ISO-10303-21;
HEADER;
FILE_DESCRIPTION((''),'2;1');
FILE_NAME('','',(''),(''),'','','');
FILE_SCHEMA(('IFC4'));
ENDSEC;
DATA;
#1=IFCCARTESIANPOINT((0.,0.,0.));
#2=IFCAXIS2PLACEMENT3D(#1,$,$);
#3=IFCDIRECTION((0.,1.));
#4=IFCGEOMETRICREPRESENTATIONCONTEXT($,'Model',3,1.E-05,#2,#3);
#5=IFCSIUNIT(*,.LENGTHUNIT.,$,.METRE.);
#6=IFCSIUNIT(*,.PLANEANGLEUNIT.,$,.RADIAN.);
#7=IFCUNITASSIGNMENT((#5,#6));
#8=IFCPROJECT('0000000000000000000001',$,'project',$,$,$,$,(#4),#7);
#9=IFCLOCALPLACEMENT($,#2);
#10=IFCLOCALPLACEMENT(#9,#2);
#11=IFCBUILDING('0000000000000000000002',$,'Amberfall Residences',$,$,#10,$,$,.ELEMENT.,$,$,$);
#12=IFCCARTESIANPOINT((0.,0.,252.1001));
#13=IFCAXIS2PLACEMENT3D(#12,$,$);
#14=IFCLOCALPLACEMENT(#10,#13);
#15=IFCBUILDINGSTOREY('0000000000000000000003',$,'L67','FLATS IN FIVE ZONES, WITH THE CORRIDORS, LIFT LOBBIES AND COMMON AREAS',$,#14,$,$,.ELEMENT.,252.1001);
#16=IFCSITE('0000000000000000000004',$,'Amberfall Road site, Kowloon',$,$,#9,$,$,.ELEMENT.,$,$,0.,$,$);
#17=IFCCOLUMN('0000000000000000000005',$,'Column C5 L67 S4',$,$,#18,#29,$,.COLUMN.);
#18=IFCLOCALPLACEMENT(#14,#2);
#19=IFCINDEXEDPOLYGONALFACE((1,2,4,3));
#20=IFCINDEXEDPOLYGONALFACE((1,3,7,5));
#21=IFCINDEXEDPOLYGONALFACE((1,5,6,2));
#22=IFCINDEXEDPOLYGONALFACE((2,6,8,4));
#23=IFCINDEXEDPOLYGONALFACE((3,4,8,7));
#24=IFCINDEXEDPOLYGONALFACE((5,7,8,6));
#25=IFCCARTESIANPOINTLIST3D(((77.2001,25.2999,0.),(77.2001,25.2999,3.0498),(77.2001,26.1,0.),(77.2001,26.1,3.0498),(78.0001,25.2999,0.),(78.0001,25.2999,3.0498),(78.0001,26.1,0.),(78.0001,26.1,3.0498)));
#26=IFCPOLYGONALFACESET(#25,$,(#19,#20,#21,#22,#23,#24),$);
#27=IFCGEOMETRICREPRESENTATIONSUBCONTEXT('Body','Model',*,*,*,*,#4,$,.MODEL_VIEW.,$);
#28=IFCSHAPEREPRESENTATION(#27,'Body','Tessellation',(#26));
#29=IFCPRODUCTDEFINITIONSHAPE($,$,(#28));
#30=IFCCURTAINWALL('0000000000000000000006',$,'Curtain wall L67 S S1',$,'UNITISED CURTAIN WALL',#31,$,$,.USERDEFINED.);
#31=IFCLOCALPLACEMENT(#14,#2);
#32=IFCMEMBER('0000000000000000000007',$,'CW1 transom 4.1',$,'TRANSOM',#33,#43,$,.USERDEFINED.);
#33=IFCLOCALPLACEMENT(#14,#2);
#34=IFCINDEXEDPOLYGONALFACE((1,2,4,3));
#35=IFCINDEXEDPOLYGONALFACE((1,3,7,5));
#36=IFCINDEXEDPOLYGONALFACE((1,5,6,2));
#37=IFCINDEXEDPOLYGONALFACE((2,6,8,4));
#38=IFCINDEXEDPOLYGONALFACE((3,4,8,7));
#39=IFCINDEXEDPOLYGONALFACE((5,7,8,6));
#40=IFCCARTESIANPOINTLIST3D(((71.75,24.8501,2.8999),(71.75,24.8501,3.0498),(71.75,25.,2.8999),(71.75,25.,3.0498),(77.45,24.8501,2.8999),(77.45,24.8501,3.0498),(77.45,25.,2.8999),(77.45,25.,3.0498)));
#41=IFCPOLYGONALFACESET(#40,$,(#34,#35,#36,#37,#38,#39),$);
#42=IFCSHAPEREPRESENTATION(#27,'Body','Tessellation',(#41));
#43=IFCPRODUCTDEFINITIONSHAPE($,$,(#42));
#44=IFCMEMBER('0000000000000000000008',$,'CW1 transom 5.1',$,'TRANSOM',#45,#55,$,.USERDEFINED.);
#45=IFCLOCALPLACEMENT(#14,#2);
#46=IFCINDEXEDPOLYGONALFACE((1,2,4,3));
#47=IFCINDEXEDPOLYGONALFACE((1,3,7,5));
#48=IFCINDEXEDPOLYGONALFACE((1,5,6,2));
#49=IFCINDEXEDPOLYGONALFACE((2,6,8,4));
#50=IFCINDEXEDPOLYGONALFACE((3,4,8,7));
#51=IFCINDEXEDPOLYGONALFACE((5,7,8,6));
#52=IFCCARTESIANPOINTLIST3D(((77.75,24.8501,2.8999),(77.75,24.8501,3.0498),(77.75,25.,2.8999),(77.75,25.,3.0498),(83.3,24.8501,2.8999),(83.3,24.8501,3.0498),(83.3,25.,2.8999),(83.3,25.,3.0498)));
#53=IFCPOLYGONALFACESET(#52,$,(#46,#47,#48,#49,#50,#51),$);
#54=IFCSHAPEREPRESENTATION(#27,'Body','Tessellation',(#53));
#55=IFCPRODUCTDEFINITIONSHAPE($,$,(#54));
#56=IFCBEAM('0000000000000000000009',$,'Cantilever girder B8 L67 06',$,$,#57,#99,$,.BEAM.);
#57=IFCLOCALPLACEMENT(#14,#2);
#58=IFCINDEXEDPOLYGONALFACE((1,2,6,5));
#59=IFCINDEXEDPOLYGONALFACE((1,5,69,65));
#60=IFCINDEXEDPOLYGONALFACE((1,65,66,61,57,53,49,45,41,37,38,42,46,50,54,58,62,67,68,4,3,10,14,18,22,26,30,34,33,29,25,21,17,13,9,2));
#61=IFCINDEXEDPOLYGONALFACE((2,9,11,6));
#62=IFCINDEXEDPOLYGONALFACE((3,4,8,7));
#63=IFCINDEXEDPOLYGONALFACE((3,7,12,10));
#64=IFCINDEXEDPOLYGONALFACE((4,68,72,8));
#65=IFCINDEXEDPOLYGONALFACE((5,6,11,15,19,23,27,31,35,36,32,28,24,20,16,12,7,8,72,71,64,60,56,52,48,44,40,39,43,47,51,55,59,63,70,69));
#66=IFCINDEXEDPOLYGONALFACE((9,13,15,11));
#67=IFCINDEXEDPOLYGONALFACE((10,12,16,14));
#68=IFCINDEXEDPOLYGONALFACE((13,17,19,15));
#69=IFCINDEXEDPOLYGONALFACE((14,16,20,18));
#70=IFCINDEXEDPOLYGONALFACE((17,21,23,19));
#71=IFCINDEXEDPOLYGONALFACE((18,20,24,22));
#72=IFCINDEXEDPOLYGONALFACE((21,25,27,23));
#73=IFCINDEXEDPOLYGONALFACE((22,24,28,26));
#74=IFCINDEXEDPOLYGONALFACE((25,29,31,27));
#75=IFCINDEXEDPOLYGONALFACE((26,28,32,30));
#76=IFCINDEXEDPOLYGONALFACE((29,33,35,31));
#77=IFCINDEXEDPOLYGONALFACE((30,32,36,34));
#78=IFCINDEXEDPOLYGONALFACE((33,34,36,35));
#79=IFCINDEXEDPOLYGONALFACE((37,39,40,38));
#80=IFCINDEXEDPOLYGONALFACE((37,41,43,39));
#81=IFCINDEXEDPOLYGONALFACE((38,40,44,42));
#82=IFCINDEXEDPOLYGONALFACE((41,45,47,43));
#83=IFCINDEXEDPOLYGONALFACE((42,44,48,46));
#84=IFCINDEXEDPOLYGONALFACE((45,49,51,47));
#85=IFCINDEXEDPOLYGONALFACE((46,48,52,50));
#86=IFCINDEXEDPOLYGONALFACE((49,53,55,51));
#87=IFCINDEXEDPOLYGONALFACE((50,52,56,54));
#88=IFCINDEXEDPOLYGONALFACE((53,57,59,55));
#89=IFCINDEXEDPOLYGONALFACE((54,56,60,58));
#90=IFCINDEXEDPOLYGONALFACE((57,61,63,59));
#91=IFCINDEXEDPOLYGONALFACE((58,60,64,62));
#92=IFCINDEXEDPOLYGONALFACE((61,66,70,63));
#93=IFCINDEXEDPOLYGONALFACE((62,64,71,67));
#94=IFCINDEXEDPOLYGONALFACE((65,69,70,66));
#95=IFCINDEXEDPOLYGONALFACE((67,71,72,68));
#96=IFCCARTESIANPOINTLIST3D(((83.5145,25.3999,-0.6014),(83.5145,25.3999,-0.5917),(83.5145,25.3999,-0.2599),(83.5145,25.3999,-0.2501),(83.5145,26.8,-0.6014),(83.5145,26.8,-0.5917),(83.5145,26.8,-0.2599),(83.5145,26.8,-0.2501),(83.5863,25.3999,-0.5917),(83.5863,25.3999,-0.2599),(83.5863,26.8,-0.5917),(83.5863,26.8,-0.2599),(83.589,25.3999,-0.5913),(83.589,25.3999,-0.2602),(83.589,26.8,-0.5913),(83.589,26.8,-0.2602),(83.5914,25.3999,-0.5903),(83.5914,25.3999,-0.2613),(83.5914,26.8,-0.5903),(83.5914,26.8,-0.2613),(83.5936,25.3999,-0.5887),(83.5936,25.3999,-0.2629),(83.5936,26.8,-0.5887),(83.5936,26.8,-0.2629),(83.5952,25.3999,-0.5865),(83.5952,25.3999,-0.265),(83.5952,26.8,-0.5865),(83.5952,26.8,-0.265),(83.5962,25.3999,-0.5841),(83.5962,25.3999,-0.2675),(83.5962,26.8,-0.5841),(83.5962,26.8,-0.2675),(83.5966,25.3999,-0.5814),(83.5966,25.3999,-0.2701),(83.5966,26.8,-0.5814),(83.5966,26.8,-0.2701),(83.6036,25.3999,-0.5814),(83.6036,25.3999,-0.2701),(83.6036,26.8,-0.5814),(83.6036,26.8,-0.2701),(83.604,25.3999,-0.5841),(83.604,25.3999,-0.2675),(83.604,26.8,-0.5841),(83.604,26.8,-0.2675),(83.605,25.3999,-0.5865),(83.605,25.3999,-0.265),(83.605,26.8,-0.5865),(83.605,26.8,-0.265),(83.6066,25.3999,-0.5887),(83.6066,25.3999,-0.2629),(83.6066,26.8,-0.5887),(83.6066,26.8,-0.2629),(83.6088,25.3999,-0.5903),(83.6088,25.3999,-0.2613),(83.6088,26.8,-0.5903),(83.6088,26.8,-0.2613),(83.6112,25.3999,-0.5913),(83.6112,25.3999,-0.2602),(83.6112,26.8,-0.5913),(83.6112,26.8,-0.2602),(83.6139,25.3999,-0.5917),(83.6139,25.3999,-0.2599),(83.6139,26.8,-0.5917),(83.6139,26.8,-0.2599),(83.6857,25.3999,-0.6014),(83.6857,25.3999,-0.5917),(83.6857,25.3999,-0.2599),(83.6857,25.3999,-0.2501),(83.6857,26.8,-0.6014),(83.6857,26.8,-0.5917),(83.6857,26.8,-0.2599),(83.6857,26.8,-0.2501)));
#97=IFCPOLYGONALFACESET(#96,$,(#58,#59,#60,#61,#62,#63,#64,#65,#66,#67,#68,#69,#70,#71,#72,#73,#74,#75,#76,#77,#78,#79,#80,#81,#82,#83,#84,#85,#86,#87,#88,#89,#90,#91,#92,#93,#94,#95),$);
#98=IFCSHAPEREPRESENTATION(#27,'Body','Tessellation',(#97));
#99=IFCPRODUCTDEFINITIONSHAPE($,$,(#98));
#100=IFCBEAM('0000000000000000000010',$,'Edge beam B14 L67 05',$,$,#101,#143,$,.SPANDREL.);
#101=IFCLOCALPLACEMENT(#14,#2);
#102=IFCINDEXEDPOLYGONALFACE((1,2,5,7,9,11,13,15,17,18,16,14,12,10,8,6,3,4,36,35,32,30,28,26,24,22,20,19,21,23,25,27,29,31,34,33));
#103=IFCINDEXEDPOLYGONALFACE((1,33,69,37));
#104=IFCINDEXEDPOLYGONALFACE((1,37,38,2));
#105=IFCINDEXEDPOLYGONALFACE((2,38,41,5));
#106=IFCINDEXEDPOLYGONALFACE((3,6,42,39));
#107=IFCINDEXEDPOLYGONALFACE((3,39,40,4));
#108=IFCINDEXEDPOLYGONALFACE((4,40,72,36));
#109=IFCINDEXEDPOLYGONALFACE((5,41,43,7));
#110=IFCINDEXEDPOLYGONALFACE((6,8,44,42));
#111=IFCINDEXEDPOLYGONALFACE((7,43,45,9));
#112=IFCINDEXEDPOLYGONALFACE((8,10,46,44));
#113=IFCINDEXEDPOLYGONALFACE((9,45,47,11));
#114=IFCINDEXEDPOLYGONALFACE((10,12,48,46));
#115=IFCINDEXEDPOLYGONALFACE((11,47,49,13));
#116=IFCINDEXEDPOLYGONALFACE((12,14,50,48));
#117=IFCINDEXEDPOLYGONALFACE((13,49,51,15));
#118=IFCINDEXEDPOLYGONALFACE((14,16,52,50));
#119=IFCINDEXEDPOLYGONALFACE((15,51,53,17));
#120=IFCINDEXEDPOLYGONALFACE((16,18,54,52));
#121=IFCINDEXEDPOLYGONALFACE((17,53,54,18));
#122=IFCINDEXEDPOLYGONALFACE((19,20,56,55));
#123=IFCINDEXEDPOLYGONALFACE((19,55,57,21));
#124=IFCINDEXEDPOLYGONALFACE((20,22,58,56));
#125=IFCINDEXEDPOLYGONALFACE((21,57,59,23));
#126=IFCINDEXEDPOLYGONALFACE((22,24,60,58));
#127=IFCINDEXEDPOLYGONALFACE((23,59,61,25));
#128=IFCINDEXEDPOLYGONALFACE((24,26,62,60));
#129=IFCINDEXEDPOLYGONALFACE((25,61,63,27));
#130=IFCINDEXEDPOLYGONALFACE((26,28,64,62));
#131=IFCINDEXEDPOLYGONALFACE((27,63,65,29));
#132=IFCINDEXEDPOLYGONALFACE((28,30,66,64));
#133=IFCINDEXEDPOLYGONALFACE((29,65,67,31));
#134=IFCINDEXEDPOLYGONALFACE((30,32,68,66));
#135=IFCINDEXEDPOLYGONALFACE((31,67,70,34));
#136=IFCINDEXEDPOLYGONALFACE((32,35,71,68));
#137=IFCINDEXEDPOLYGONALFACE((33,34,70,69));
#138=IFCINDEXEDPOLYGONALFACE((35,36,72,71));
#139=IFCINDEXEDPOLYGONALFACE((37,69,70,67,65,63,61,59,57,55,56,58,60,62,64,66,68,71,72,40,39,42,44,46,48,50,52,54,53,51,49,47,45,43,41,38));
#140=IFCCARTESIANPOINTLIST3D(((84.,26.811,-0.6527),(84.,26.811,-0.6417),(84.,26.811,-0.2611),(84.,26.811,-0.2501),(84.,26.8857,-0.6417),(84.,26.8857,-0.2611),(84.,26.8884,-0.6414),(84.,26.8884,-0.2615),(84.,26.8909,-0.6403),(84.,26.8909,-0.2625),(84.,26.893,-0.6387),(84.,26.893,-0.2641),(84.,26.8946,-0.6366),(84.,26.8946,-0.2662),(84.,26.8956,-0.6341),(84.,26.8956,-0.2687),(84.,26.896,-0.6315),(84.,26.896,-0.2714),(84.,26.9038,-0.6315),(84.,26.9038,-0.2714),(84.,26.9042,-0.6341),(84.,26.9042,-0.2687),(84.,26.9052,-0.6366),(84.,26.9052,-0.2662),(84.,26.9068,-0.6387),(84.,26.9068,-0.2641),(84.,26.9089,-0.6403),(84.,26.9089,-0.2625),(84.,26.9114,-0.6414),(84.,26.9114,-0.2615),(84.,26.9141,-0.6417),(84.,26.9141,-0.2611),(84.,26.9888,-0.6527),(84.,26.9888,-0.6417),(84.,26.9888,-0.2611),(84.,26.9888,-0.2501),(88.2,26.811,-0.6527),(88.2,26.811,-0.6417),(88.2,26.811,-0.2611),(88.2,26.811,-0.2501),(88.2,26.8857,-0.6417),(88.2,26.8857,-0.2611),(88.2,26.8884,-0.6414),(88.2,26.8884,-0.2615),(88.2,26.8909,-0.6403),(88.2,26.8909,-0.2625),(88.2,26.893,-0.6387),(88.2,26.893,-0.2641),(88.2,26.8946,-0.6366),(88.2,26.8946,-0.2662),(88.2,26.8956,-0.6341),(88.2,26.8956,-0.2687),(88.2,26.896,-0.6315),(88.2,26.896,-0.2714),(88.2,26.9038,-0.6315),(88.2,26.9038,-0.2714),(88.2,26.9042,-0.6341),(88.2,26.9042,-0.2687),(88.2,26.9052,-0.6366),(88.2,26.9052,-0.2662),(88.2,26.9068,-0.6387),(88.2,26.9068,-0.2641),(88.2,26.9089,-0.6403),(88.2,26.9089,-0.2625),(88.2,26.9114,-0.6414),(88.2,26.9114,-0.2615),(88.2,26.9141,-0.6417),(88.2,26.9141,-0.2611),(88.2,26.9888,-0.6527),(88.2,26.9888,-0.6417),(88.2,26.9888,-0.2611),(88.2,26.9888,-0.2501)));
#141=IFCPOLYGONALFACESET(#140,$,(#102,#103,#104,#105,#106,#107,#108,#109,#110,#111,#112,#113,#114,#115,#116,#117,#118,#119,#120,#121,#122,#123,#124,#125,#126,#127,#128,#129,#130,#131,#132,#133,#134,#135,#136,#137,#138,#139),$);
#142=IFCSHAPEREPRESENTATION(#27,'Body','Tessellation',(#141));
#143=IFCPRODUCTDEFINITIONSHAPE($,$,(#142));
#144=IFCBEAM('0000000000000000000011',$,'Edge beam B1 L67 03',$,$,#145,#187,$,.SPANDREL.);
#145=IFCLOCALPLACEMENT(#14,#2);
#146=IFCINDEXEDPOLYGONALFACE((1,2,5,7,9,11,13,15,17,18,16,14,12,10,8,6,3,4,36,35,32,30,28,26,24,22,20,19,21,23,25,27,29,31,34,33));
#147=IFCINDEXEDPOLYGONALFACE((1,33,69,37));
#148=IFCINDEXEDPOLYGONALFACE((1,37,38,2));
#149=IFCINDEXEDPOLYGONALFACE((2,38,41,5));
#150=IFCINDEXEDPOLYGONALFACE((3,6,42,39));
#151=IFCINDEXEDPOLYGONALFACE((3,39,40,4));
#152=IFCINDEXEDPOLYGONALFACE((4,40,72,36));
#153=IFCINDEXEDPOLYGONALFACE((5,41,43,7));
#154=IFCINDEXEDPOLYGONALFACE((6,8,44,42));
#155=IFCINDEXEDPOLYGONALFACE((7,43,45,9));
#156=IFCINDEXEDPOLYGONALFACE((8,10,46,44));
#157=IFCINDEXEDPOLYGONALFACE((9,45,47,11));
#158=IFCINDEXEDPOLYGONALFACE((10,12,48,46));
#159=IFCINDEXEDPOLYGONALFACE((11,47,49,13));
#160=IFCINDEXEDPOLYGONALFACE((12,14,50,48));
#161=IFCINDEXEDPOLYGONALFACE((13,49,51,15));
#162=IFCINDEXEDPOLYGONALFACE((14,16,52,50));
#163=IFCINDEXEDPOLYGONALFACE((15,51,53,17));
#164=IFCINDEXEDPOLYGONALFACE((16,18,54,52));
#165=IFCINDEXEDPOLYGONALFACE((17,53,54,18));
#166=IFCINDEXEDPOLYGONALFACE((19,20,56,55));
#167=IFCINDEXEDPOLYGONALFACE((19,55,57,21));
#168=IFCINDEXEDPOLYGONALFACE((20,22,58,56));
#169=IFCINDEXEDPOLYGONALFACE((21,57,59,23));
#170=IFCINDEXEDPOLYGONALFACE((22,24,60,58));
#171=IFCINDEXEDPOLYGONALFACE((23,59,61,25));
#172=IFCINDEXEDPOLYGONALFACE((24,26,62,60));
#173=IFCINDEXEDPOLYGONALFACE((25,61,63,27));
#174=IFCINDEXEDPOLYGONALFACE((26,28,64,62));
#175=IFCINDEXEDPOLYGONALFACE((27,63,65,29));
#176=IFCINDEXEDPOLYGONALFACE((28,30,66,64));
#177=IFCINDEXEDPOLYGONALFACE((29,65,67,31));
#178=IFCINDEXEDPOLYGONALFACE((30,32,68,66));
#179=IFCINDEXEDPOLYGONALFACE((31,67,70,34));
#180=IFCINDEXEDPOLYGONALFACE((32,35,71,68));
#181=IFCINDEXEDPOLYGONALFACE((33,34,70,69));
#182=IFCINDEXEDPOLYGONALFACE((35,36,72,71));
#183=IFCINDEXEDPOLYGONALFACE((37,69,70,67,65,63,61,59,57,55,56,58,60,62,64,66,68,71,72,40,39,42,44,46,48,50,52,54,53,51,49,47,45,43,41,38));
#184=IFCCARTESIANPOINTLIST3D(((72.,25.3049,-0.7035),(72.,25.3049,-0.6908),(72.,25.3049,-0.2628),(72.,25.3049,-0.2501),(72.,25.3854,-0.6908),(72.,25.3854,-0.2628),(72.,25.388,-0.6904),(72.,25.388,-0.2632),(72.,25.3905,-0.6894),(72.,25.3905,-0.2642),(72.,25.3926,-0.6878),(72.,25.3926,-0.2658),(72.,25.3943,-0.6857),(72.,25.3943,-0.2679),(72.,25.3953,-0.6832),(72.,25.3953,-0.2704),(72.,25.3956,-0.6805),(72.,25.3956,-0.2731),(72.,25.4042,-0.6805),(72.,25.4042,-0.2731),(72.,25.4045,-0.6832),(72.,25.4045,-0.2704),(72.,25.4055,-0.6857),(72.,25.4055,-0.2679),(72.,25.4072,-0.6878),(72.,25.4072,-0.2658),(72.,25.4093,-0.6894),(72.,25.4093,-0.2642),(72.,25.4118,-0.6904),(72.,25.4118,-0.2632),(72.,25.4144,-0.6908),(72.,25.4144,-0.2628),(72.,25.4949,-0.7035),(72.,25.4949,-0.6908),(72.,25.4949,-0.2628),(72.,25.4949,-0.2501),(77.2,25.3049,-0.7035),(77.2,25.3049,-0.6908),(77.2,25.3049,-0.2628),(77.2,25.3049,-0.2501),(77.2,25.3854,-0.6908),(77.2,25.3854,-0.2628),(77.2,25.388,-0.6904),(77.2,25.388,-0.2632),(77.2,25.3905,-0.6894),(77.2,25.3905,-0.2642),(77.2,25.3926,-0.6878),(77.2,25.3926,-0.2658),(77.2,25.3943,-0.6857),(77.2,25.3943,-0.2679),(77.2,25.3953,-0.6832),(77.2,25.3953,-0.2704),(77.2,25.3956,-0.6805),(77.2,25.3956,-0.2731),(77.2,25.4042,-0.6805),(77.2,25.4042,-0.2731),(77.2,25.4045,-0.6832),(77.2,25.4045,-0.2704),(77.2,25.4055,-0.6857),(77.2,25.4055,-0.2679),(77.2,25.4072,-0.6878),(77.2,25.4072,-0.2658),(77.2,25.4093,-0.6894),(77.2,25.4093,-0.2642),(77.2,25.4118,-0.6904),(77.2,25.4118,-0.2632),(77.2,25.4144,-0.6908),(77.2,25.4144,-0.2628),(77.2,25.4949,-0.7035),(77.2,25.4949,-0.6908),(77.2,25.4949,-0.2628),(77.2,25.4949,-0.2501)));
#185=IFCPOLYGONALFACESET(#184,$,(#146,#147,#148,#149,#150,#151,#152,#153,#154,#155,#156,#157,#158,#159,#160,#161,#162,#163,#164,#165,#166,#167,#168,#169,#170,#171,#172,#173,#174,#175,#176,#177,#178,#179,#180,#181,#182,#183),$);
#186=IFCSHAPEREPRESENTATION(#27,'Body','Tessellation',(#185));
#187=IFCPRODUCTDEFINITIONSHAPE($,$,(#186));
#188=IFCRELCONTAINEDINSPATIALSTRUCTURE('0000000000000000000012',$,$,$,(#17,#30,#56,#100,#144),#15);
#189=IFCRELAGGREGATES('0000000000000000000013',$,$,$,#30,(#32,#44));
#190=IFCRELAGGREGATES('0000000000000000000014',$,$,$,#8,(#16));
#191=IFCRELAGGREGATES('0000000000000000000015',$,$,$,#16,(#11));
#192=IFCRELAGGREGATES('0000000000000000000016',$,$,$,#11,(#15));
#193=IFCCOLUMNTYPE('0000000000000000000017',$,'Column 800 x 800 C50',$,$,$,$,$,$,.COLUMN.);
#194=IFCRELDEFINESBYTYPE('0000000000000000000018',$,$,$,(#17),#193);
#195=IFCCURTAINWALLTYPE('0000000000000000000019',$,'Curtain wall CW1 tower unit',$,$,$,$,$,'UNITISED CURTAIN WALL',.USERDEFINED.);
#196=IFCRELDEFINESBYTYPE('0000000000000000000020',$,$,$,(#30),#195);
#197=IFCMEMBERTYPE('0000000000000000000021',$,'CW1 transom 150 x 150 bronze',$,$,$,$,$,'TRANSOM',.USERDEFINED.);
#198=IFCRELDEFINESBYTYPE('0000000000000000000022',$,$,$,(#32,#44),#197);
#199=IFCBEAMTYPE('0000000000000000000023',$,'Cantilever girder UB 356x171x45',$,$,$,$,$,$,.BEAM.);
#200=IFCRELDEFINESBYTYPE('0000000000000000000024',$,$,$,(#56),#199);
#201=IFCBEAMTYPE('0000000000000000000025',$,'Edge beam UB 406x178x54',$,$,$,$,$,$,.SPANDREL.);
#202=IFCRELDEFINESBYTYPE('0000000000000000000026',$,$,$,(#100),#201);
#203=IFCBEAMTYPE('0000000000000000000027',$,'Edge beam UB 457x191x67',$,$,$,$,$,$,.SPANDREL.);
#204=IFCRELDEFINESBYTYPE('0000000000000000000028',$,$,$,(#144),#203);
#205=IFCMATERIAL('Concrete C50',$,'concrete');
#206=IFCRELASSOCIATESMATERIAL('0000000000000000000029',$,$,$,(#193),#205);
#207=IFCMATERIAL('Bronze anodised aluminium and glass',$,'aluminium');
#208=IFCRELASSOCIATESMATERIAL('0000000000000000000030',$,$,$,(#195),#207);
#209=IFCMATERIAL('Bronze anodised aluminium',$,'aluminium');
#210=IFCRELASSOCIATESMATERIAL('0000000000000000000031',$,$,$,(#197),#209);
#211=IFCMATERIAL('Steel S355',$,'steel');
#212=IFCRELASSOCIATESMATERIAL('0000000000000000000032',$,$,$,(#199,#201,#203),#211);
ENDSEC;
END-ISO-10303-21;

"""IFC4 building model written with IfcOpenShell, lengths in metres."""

from ifc_helpers import new_model, si_unit, direction, frame, origin, origin_2d, place, context, subcontext, project, spatial, rectangle, i_section, extrude, material, material_profile, profile_set, type_object, element, aggregate, save


model = new_model("IFC4")

# Units and contexts
model_context = context("Model", 3, precision=1e-05, world=origin(), true_north=direction((0.0, 1.0)))
body_context = subcontext(model_context, "Body", "Model", "MODEL_VIEW")
ifc_project = project(units=[si_unit("LENGTHUNIT", "METRE"), si_unit("PLANEANGLEUNIT", "RADIAN")], contexts=[model_context])

# Site, building, storey
site_placement = place(None, origin())
site = spatial("IfcSite", under=ifc_project, at=site_placement, Name="Amberfall Road site, Kowloon", CompositionType="ELEMENT", RefElevation=0.0)
building_placement = place(site_placement, origin())
building = spatial("IfcBuilding", under=site, at=building_placement, Name="Amberfall Residences", CompositionType="ELEMENT")
storey_placement = place(building_placement, frame((0.0, 0.0, 252.1001)))
storey = spatial("IfcBuildingStorey", under=building, at=storey_placement, Name="L67", Description="FLATS IN FIVE ZONES, WITH THE CORRIDORS, LIFT LOBBIES AND COMMON AREAS", CompositionType="ELEMENT", Elevation=252.1001)

# Column
ifc_material_1 = material(Name="Concrete C50", Category="concrete")
ifc_material_profile_1 = material_profile(ifc_material_1, rectangle(XDim=0.8, YDim=0.8, at=origin_2d()), Name="Column 800 x 800 C50")
ifc_profile_set_1 = profile_set([ifc_material_profile_1], Name="Concrete C50")
column_type = type_object("IfcColumnType", Name="Column 800 x 800 C50", PredefinedType="COLUMN", material=ifc_profile_set_1)
column_placement = place(storey_placement, frame((77.6001, 25.7, 0.0), z_axis=(0.0, 0.0, 1.0), x_axis=(1.0, 0.0, 0.0)))
element("IfcColumn", 1, at=column_placement, inside=storey, type_object=column_type, Name="Column C5 L67 S4", PredefinedType="COLUMN", context=body_context, shape_type="SweptSolid", body=[
    extrude(rectangle(XDim=0.8, YDim=0.8, at=origin_2d()), origin(), (0.0, 0.0, 1.0), 3.0498),
])

# Curtain wall, members
ifc_material_2 = material(Name="Bronze anodised aluminium and glass", Category="aluminium")
curtain_wall_type = type_object("IfcCurtainWallType", Name="Curtain wall CW1 tower unit", ElementType="UNITISED CURTAIN WALL", PredefinedType="USERDEFINED", material=ifc_material_2)
curtain_wall_placement = place(storey_placement, origin())
curtain_wall = element("IfcCurtainWall", 2, at=curtain_wall_placement, inside=storey, type_object=curtain_wall_type, Name="Curtain wall L67 S S1", ObjectType="UNITISED CURTAIN WALL", PredefinedType="USERDEFINED")
ifc_material_3 = material(Name="Bronze anodised aluminium", Category="aluminium")
ifc_material_profile_2 = material_profile(ifc_material_3, rectangle(XDim=0.1499, YDim=0.1499, at=origin_2d()), Name="CW1 transom 150 x 150 bronze")
ifc_profile_set_2 = profile_set([ifc_material_profile_2], Name="Bronze anodised aluminium")
member_type_1 = type_object("IfcMemberType", Name="CW1 transom 150 x 150 bronze", ElementType="TRANSOM", PredefinedType="USERDEFINED", material=ifc_profile_set_2)
member_1_placement = place(storey_placement, frame((71.75, 24.925, 2.9749), z_axis=(1.0, 0.0, 0.0), x_axis=(0.0, 1.0, 0.0)))
member_1 = element("IfcMember", 3, at=member_1_placement, type_object=member_type_1, Name="CW1 transom 4.1", ObjectType="TRANSOM", PredefinedType="USERDEFINED", context=body_context, shape_type="SweptSolid", body=[
    extrude(rectangle(XDim=0.1499, YDim=0.1499, at=origin_2d()), origin(), (0.0, 0.0, 1.0), 5.7),
])
member_2_placement = place(storey_placement, frame((77.75, 24.925, 2.9749), z_axis=(1.0, 0.0, 0.0), x_axis=(0.0, 1.0, 0.0)))
member_2 = element("IfcMember", 4, at=member_2_placement, type_object=member_type_1, Name="CW1 transom 5.1", ObjectType="TRANSOM", PredefinedType="USERDEFINED", context=body_context, shape_type="SweptSolid", body=[
    extrude(rectangle(XDim=0.1499, YDim=0.1499, at=origin_2d()), origin(), (0.0, 0.0, 1.0), 5.55),
])

# Beams
ifc_material_4 = material(Name="Steel S355", Category="steel")
ifc_material_profile_3 = material_profile(ifc_material_4, i_section(OverallWidth=0.1711, OverallDepth=0.3513, WebThickness=0.0071, FlangeThickness=0.0098, FilletRadius=0.0103, at=origin_2d()), Name="UB 356x171x45")
ifc_profile_set_3 = profile_set([ifc_material_profile_3], Name="Steel S355")
beam_type_1 = type_object("IfcBeamType", Name="Cantilever girder UB 356x171x45", PredefinedType="BEAM", material=ifc_profile_set_3)
beam_1_placement = place(storey_placement, frame((83.6001, 26.8, -0.4258), z_axis=(0.0, -1.0, 0.0), x_axis=(1.0, 0.0, 0.0)))
element("IfcBeam", 5, at=beam_1_placement, inside=storey, type_object=beam_type_1, Name="Cantilever girder B8 L67 06", PredefinedType="BEAM", context=body_context, shape_type="SweptSolid", body=[
    extrude(i_section(OverallWidth=0.1711, OverallDepth=0.3513, WebThickness=0.0071, FlangeThickness=0.0098, FilletRadius=0.0103, at=origin_2d()), origin(), (0.0, 0.0, 1.0), 1.4001),
])
ifc_material_profile_4 = material_profile(ifc_material_4, i_section(OverallWidth=0.1777, OverallDepth=0.4026, WebThickness=0.0078, FlangeThickness=0.011, FilletRadius=0.0103, at=origin_2d()), Name="UB 406x178x54")
ifc_profile_set_4 = profile_set([ifc_material_profile_4], Name="Steel S355")
beam_type_2 = type_object("IfcBeamType", Name="Edge beam UB 406x178x54", PredefinedType="SPANDREL", material=ifc_profile_set_4)
beam_2_placement = place(storey_placement, frame((84.0, 26.8999, -0.4514), z_axis=(1.0, 0.0, 0.0), x_axis=(0.0, 1.0, 0.0)))
element("IfcBeam", 6, at=beam_2_placement, inside=storey, type_object=beam_type_2, Name="Edge beam B14 L67 05", PredefinedType="SPANDREL", context=body_context, shape_type="SweptSolid", body=[
    extrude(i_section(OverallWidth=0.1777, OverallDepth=0.4026, WebThickness=0.0078, FlangeThickness=0.011, FilletRadius=0.0103, at=origin_2d()), origin(), (0.0, 0.0, 1.0), 4.2),
])
ifc_material_profile_5 = material_profile(ifc_material_4, i_section(OverallWidth=0.1899, OverallDepth=0.4534, WebThickness=0.0085, FlangeThickness=0.0127, FilletRadius=0.0103, at=origin_2d()), Name="UB 457x191x67")
ifc_profile_set_5 = profile_set([ifc_material_profile_5], Name="Steel S355")
beam_type_3 = type_object("IfcBeamType", Name="Edge beam UB 457x191x67", PredefinedType="SPANDREL", material=ifc_profile_set_5)
beam_3_placement = place(storey_placement, frame((72.0, 25.3999, -0.4768), z_axis=(1.0, 0.0, 0.0), x_axis=(0.0, 1.0, 0.0)))
element("IfcBeam", 7, at=beam_3_placement, inside=storey, type_object=beam_type_3, Name="Edge beam B1 L67 03", PredefinedType="SPANDREL", context=body_context, shape_type="SweptSolid", body=[
    extrude(i_section(OverallWidth=0.1899, OverallDepth=0.4534, WebThickness=0.0085, FlangeThickness=0.0127, FilletRadius=0.0103, at=origin_2d()), origin(), (0.0, 0.0, 1.0), 5.2),
])

aggregate(curtain_wall, [member_1, member_2])

save(model, "model.ifc")
